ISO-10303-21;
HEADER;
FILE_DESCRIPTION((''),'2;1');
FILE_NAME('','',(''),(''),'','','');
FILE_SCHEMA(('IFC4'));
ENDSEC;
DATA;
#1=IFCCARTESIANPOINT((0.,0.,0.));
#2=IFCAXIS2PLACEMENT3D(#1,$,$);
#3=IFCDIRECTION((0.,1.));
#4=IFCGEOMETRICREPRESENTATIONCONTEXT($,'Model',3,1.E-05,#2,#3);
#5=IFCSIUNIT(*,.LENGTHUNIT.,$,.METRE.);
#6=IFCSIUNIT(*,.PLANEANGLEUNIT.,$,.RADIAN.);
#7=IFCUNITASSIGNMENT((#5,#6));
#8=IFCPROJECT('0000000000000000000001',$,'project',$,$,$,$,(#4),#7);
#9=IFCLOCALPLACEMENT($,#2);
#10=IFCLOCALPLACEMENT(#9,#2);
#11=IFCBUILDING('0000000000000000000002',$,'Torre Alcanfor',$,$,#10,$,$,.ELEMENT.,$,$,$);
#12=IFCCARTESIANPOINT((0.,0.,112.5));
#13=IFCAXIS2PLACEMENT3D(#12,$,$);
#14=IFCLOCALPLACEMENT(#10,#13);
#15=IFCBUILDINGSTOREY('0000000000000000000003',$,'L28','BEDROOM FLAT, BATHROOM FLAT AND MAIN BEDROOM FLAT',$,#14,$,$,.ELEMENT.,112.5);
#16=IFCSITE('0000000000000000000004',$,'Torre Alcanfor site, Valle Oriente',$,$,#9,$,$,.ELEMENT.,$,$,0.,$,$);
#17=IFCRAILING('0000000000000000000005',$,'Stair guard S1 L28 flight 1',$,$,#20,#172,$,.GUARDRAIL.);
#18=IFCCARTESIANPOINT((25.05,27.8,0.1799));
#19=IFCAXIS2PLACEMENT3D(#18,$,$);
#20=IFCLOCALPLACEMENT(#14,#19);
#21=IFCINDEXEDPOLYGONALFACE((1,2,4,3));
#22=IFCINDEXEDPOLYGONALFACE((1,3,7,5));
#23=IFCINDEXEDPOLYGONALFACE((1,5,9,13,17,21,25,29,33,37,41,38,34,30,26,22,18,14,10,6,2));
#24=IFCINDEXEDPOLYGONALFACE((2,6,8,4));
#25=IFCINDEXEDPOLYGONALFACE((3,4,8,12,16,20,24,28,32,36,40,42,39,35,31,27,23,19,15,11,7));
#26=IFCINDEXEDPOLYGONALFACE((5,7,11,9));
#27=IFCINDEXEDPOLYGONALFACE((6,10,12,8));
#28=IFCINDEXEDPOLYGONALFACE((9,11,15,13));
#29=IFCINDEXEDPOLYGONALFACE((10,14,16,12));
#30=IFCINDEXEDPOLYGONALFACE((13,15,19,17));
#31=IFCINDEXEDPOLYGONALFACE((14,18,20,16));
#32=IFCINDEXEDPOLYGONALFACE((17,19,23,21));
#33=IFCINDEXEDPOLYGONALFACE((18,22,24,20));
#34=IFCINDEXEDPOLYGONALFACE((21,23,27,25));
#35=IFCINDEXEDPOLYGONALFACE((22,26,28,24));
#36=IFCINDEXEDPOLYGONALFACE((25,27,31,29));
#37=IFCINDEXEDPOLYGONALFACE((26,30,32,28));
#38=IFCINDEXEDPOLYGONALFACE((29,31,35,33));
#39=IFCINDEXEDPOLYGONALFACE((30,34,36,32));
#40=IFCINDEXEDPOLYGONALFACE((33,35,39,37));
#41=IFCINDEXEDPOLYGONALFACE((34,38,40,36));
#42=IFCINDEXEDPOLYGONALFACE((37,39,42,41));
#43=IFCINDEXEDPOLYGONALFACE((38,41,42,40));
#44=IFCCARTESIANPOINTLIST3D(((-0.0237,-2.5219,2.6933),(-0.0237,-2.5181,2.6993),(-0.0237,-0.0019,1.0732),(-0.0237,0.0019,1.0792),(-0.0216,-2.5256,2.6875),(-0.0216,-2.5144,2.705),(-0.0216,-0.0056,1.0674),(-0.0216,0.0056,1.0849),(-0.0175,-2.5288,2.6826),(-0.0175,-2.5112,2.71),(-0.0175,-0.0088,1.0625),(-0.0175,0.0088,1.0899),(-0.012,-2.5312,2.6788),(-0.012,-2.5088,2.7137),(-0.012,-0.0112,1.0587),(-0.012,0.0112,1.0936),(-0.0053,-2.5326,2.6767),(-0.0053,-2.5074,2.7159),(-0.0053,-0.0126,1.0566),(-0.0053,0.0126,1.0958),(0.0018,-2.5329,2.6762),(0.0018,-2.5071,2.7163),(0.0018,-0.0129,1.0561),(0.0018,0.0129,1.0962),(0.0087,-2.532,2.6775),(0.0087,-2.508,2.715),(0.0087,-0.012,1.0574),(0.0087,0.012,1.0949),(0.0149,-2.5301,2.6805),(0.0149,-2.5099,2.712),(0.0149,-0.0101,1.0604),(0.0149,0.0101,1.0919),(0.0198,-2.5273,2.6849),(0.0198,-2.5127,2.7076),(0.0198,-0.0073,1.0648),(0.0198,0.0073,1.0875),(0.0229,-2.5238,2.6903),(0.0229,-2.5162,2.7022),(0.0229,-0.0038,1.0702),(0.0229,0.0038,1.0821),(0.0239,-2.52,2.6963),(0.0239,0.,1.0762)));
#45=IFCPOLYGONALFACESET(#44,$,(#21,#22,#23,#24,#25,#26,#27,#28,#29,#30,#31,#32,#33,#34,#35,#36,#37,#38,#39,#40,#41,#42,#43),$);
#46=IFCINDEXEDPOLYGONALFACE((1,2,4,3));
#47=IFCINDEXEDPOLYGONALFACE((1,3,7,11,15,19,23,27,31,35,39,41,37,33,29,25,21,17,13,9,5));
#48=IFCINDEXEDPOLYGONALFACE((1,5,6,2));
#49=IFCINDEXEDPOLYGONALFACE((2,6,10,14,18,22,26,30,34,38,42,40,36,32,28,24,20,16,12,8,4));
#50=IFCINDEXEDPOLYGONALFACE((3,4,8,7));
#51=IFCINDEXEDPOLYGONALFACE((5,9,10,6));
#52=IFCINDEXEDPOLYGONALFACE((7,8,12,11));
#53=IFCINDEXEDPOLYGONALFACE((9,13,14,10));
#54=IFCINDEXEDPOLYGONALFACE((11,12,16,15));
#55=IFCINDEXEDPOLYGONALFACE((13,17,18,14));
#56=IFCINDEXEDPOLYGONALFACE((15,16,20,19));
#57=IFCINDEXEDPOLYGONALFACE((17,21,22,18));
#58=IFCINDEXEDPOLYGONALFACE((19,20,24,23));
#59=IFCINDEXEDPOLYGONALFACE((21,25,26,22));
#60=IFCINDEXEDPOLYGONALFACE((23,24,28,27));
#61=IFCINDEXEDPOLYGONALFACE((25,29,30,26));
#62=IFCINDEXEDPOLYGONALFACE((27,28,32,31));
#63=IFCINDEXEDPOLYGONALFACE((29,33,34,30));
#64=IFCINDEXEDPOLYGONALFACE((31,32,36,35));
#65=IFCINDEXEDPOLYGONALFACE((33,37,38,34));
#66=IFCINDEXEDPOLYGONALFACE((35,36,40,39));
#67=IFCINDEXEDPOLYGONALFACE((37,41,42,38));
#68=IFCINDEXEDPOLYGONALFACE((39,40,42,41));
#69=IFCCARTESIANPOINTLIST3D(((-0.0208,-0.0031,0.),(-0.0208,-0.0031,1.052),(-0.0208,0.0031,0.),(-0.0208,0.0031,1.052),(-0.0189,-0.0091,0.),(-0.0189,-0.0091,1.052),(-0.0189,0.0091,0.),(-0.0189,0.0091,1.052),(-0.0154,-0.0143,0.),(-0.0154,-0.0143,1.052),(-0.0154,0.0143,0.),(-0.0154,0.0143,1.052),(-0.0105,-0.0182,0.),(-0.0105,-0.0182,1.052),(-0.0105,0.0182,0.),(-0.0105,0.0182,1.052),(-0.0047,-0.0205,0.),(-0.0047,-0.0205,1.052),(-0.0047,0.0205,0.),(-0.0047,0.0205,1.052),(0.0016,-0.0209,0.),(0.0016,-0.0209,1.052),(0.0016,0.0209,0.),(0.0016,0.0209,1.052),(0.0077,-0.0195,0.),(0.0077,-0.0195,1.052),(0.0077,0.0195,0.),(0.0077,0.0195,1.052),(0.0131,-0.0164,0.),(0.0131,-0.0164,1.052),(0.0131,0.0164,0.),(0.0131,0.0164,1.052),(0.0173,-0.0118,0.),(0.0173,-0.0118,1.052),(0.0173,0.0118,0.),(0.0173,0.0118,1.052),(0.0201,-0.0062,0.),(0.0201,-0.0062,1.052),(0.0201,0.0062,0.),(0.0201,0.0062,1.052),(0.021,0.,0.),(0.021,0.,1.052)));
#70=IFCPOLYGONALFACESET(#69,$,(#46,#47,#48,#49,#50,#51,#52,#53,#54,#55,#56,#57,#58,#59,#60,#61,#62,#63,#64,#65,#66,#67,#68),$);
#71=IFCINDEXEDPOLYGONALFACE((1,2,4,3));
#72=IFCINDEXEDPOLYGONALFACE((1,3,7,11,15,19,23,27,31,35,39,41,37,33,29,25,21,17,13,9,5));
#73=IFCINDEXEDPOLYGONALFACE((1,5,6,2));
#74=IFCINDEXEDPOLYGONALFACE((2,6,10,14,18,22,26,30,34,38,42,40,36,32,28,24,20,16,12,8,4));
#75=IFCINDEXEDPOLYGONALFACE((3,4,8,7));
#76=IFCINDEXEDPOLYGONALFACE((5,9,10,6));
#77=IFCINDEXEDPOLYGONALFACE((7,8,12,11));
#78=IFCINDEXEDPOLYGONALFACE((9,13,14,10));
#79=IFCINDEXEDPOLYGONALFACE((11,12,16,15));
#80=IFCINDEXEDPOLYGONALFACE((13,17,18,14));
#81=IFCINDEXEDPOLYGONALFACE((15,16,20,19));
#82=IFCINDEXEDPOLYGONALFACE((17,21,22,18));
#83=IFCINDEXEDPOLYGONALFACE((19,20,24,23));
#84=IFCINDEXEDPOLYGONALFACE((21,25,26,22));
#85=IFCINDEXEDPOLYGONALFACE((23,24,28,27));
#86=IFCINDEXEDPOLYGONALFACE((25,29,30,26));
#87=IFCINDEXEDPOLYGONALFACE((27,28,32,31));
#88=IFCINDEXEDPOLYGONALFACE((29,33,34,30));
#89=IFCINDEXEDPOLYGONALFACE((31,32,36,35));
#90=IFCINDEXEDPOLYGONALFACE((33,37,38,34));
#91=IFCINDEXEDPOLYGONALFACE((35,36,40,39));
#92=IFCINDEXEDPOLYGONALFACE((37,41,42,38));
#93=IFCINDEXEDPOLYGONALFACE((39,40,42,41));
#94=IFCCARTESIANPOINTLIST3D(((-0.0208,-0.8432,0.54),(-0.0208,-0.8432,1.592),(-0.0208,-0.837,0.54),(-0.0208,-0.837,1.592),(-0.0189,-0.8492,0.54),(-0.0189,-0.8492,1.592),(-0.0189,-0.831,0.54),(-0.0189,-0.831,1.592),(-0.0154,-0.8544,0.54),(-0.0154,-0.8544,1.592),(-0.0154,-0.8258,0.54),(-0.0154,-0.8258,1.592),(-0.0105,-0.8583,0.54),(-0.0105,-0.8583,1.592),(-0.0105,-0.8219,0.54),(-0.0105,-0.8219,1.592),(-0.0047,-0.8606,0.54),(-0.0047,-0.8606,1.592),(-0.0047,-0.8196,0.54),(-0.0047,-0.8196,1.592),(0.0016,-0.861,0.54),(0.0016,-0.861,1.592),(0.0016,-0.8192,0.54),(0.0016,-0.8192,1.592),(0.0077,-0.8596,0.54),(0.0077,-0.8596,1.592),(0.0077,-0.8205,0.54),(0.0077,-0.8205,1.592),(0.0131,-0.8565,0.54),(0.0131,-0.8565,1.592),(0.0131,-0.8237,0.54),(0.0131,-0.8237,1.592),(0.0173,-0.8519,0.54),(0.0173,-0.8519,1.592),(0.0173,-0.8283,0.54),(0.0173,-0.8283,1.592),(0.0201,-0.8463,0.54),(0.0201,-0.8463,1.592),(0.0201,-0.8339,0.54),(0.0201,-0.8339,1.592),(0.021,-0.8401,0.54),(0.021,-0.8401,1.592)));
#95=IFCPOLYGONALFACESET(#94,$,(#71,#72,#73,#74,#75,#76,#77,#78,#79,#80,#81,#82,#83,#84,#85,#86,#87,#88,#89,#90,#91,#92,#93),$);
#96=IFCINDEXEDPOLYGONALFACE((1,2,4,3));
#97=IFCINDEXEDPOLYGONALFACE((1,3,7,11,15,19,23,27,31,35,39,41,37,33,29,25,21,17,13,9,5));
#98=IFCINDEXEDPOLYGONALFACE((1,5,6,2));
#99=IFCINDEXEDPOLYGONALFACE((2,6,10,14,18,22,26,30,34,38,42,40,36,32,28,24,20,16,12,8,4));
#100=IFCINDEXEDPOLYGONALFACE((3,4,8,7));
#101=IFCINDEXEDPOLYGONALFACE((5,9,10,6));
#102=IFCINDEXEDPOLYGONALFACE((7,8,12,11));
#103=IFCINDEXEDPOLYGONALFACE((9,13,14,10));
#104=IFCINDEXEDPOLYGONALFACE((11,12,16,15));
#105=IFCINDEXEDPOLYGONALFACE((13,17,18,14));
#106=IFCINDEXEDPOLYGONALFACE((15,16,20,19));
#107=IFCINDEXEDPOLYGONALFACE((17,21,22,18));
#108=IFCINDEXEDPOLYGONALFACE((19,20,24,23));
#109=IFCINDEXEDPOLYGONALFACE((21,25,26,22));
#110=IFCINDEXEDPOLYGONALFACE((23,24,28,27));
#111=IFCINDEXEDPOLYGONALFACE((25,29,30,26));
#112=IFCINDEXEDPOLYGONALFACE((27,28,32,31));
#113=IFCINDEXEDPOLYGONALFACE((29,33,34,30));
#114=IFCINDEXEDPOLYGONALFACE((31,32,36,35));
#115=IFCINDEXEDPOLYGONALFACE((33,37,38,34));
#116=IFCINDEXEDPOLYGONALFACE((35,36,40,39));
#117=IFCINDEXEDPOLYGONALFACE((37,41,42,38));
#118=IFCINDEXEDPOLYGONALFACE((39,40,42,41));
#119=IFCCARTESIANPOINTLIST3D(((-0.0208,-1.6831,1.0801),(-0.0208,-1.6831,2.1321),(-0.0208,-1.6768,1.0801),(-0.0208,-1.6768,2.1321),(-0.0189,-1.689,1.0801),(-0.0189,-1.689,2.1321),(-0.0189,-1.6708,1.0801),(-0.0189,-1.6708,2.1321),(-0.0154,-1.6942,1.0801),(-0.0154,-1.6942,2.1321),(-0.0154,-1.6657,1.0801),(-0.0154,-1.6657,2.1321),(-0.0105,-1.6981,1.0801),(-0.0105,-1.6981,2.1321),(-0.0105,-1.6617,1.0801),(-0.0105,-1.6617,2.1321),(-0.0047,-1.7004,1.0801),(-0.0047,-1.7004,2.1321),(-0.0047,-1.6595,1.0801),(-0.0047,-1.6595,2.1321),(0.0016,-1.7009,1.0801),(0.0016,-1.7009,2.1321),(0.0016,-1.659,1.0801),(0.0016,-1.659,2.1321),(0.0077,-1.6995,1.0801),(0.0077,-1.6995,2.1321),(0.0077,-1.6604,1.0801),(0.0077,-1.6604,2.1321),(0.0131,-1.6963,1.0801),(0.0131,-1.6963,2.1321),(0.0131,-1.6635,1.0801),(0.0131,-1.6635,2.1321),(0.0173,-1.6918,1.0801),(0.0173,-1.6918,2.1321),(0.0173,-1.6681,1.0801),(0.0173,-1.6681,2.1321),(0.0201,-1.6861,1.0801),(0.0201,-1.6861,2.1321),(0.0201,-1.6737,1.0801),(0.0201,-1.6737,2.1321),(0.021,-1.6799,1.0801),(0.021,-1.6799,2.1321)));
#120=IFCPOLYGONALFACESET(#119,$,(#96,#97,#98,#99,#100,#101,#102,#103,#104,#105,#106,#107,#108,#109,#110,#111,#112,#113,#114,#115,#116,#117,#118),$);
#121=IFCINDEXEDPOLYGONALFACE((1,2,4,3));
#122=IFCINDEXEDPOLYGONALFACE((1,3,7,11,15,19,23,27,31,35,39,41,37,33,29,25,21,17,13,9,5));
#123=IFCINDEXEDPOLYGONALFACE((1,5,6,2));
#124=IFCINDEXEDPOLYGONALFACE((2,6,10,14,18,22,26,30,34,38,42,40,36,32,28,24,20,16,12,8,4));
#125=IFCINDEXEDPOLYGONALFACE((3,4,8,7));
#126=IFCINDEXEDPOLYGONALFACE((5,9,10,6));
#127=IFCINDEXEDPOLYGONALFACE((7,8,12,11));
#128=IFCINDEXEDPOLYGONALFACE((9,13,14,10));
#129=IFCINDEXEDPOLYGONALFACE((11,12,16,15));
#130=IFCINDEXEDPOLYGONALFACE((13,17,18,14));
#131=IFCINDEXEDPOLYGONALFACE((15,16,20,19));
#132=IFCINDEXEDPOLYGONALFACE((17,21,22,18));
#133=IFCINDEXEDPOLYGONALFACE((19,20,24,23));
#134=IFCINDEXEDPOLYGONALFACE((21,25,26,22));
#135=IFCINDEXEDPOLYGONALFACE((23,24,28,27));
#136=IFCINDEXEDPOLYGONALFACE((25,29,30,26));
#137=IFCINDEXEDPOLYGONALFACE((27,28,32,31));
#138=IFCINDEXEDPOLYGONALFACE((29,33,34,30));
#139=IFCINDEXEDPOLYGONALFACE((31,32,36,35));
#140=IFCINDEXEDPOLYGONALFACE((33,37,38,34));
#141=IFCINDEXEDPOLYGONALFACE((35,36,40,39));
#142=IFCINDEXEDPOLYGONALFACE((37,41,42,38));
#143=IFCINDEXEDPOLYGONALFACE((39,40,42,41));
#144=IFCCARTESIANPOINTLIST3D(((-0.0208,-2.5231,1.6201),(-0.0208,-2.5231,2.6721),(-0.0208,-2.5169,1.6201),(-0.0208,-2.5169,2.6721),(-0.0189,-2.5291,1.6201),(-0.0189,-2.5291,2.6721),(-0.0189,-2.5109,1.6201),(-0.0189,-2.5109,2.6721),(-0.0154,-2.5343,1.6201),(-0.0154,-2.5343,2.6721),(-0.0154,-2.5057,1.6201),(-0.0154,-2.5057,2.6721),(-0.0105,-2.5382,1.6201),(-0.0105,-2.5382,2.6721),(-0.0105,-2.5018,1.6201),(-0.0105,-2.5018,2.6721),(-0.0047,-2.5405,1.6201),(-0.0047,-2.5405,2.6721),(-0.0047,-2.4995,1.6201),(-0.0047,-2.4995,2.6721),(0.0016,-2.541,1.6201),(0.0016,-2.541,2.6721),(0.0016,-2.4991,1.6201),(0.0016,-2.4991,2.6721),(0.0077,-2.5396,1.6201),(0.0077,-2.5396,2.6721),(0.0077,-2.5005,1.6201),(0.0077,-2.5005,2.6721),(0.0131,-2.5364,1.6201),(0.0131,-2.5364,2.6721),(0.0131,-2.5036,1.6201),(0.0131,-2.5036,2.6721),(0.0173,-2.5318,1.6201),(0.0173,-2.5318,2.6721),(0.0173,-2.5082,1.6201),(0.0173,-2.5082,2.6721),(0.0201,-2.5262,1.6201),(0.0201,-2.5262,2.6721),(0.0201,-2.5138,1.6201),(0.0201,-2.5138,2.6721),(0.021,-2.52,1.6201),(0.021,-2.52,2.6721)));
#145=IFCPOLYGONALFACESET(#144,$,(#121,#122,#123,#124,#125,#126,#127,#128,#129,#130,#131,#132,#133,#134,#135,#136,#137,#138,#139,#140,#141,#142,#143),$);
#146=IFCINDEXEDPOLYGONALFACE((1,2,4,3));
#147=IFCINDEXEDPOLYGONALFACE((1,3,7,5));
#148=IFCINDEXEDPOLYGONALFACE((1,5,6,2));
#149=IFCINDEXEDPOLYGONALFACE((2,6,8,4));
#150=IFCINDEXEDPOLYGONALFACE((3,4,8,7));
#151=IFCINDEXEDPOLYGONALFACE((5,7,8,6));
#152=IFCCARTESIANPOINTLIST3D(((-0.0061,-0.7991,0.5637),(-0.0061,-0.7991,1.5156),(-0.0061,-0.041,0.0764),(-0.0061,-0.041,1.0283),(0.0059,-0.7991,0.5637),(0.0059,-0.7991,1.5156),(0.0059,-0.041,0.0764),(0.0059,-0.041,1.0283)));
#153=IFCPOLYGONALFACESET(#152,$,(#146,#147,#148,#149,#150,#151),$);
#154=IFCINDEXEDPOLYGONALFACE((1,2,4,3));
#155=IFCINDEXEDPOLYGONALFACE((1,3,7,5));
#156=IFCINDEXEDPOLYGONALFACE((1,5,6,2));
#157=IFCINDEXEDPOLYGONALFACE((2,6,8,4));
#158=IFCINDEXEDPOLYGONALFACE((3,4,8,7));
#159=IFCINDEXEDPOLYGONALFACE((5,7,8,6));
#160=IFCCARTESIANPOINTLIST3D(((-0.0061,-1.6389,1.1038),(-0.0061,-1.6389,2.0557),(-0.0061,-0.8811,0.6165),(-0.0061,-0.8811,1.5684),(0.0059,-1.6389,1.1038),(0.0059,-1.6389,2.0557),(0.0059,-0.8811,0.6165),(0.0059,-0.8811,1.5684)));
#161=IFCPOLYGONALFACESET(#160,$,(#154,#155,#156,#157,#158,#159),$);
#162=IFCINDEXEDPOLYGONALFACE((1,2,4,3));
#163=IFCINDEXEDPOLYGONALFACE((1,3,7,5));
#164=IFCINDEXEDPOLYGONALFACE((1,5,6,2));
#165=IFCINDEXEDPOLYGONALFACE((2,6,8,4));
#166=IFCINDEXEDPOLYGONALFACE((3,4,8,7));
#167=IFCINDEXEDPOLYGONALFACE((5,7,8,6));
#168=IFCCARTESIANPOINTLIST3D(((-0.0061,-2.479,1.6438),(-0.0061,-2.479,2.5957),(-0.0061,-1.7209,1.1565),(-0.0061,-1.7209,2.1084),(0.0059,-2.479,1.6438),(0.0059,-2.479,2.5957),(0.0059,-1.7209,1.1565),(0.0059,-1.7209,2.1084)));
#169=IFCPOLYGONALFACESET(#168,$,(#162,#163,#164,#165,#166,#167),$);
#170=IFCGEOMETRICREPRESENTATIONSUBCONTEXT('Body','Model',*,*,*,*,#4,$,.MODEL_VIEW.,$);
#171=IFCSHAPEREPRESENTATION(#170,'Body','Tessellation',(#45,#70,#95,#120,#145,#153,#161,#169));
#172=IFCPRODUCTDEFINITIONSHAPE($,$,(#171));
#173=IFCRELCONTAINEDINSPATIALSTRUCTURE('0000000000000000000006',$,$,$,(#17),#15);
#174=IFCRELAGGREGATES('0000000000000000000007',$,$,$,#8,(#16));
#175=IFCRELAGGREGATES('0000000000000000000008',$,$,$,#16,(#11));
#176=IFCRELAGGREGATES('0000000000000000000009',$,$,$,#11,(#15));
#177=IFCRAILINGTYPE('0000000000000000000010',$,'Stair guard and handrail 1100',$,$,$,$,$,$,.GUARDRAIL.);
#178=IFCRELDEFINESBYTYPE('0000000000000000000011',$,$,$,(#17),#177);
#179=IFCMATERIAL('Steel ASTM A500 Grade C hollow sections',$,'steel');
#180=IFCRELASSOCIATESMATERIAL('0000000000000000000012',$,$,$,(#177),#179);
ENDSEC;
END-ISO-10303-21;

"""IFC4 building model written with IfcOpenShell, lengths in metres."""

from ifc_helpers import new_model, si_unit, direction, frame, origin, origin_2d, place, context, subcontext, project, spatial, polyline, circle, outline, extrude, material, type_object, element, save


model = new_model("IFC4")

# Units and contexts
model_context = context("Model", 3, precision=1e-05, world=origin(), true_north=direction((0.0, 1.0)))
body_context = subcontext(model_context, "Body", "Model", "MODEL_VIEW")
ifc_project = project(units=[si_unit("LENGTHUNIT", "METRE"), si_unit("PLANEANGLEUNIT", "RADIAN")], contexts=[model_context])

# Site, building, storey
site_placement = place(None, origin())
site = spatial("IfcSite", under=ifc_project, at=site_placement, Name="Torre Alcanfor site, Valle Oriente", CompositionType="ELEMENT", RefElevation=0.0)
building_placement = place(site_placement, origin())
building = spatial("IfcBuilding", under=site, at=building_placement, Name="Torre Alcanfor", CompositionType="ELEMENT")
storey_placement = place(building_placement, frame((0.0, 0.0, 112.5)))
storey = spatial("IfcBuildingStorey", under=building, at=storey_placement, Name="L28", Description="BEDROOM FLAT, BATHROOM FLAT AND MAIN BEDROOM FLAT", CompositionType="ELEMENT", Elevation=112.5)

# Railing
ifc_material_1 = material(Name="Steel ASTM A500 Grade C hollow sections", Category="steel")
railing_type_1 = type_object("IfcRailingType", Name="Stair guard and handrail 1100", PredefinedType="GUARDRAIL", material=ifc_material_1)
railing_1_placement = place(storey_placement, frame((25.05, 27.8, 0.1799)))
element("IfcRailing", 1, at=railing_1_placement, inside=storey, type_object=railing_type_1, Name="Stair guard S1 L28 flight 1", PredefinedType="GUARDRAIL", context=body_context, shape_type="SweptSolid", body=[
    extrude(circle(Radius=0.0239, at=origin_2d()), frame((0.0, 0.0, 1.0762), z_axis=(0.0, -0.841163, 0.540782), x_axis=(1.0, 0.0, 0.0)), (0.0, 0.0, 1.0), 2.9958),
    extrude(circle(Radius=0.021, at=origin_2d()), origin(), (0.0, 0.0, 1.0), 1.052),
    extrude(circle(Radius=0.021, at=origin_2d()), frame((0.0, -0.8401, 0.54)), (0.0, 0.0, 1.0), 1.052),
    extrude(circle(Radius=0.021, at=origin_2d()), frame((0.0, -1.6799, 1.0801)), (0.0, 0.0, 1.0), 1.052),
    extrude(circle(Radius=0.021, at=origin_2d()), frame((0.0, -2.52, 1.6201)), (0.0, 0.0, 1.0), 1.052),
    extrude(outline(polyline([(0.041, 0.0764), (0.7991, 0.5637), (0.7991, 1.5156), (0.041, 1.0283), (0.041, 0.0764)])), frame((0.0059, 0.0, 0.0), z_axis=(-1.0, 0.0, 0.0), x_axis=(0.0, -1.0, 0.0)), (0.0, 0.0, 1.0), 0.012),
    extrude(outline(polyline([(0.8811, 0.6165), (1.6389, 1.1038), (1.6389, 2.0557), (0.8811, 1.5684), (0.8811, 0.6165)])), frame((0.0059, 0.0, 0.0), z_axis=(-1.0, 0.0, 0.0), x_axis=(0.0, -1.0, 0.0)), (0.0, 0.0, 1.0), 0.012),
    extrude(outline(polyline([(1.7209, 1.1565), (2.479, 1.6438), (2.479, 2.5957), (1.7209, 2.1084), (1.7209, 1.1565)])), frame((0.0059, 0.0, 0.0), z_axis=(-1.0, 0.0, 0.0), x_axis=(0.0, -1.0, 0.0)), (0.0, 0.0, 1.0), 0.012),
])

save(model, "model.ifc")
